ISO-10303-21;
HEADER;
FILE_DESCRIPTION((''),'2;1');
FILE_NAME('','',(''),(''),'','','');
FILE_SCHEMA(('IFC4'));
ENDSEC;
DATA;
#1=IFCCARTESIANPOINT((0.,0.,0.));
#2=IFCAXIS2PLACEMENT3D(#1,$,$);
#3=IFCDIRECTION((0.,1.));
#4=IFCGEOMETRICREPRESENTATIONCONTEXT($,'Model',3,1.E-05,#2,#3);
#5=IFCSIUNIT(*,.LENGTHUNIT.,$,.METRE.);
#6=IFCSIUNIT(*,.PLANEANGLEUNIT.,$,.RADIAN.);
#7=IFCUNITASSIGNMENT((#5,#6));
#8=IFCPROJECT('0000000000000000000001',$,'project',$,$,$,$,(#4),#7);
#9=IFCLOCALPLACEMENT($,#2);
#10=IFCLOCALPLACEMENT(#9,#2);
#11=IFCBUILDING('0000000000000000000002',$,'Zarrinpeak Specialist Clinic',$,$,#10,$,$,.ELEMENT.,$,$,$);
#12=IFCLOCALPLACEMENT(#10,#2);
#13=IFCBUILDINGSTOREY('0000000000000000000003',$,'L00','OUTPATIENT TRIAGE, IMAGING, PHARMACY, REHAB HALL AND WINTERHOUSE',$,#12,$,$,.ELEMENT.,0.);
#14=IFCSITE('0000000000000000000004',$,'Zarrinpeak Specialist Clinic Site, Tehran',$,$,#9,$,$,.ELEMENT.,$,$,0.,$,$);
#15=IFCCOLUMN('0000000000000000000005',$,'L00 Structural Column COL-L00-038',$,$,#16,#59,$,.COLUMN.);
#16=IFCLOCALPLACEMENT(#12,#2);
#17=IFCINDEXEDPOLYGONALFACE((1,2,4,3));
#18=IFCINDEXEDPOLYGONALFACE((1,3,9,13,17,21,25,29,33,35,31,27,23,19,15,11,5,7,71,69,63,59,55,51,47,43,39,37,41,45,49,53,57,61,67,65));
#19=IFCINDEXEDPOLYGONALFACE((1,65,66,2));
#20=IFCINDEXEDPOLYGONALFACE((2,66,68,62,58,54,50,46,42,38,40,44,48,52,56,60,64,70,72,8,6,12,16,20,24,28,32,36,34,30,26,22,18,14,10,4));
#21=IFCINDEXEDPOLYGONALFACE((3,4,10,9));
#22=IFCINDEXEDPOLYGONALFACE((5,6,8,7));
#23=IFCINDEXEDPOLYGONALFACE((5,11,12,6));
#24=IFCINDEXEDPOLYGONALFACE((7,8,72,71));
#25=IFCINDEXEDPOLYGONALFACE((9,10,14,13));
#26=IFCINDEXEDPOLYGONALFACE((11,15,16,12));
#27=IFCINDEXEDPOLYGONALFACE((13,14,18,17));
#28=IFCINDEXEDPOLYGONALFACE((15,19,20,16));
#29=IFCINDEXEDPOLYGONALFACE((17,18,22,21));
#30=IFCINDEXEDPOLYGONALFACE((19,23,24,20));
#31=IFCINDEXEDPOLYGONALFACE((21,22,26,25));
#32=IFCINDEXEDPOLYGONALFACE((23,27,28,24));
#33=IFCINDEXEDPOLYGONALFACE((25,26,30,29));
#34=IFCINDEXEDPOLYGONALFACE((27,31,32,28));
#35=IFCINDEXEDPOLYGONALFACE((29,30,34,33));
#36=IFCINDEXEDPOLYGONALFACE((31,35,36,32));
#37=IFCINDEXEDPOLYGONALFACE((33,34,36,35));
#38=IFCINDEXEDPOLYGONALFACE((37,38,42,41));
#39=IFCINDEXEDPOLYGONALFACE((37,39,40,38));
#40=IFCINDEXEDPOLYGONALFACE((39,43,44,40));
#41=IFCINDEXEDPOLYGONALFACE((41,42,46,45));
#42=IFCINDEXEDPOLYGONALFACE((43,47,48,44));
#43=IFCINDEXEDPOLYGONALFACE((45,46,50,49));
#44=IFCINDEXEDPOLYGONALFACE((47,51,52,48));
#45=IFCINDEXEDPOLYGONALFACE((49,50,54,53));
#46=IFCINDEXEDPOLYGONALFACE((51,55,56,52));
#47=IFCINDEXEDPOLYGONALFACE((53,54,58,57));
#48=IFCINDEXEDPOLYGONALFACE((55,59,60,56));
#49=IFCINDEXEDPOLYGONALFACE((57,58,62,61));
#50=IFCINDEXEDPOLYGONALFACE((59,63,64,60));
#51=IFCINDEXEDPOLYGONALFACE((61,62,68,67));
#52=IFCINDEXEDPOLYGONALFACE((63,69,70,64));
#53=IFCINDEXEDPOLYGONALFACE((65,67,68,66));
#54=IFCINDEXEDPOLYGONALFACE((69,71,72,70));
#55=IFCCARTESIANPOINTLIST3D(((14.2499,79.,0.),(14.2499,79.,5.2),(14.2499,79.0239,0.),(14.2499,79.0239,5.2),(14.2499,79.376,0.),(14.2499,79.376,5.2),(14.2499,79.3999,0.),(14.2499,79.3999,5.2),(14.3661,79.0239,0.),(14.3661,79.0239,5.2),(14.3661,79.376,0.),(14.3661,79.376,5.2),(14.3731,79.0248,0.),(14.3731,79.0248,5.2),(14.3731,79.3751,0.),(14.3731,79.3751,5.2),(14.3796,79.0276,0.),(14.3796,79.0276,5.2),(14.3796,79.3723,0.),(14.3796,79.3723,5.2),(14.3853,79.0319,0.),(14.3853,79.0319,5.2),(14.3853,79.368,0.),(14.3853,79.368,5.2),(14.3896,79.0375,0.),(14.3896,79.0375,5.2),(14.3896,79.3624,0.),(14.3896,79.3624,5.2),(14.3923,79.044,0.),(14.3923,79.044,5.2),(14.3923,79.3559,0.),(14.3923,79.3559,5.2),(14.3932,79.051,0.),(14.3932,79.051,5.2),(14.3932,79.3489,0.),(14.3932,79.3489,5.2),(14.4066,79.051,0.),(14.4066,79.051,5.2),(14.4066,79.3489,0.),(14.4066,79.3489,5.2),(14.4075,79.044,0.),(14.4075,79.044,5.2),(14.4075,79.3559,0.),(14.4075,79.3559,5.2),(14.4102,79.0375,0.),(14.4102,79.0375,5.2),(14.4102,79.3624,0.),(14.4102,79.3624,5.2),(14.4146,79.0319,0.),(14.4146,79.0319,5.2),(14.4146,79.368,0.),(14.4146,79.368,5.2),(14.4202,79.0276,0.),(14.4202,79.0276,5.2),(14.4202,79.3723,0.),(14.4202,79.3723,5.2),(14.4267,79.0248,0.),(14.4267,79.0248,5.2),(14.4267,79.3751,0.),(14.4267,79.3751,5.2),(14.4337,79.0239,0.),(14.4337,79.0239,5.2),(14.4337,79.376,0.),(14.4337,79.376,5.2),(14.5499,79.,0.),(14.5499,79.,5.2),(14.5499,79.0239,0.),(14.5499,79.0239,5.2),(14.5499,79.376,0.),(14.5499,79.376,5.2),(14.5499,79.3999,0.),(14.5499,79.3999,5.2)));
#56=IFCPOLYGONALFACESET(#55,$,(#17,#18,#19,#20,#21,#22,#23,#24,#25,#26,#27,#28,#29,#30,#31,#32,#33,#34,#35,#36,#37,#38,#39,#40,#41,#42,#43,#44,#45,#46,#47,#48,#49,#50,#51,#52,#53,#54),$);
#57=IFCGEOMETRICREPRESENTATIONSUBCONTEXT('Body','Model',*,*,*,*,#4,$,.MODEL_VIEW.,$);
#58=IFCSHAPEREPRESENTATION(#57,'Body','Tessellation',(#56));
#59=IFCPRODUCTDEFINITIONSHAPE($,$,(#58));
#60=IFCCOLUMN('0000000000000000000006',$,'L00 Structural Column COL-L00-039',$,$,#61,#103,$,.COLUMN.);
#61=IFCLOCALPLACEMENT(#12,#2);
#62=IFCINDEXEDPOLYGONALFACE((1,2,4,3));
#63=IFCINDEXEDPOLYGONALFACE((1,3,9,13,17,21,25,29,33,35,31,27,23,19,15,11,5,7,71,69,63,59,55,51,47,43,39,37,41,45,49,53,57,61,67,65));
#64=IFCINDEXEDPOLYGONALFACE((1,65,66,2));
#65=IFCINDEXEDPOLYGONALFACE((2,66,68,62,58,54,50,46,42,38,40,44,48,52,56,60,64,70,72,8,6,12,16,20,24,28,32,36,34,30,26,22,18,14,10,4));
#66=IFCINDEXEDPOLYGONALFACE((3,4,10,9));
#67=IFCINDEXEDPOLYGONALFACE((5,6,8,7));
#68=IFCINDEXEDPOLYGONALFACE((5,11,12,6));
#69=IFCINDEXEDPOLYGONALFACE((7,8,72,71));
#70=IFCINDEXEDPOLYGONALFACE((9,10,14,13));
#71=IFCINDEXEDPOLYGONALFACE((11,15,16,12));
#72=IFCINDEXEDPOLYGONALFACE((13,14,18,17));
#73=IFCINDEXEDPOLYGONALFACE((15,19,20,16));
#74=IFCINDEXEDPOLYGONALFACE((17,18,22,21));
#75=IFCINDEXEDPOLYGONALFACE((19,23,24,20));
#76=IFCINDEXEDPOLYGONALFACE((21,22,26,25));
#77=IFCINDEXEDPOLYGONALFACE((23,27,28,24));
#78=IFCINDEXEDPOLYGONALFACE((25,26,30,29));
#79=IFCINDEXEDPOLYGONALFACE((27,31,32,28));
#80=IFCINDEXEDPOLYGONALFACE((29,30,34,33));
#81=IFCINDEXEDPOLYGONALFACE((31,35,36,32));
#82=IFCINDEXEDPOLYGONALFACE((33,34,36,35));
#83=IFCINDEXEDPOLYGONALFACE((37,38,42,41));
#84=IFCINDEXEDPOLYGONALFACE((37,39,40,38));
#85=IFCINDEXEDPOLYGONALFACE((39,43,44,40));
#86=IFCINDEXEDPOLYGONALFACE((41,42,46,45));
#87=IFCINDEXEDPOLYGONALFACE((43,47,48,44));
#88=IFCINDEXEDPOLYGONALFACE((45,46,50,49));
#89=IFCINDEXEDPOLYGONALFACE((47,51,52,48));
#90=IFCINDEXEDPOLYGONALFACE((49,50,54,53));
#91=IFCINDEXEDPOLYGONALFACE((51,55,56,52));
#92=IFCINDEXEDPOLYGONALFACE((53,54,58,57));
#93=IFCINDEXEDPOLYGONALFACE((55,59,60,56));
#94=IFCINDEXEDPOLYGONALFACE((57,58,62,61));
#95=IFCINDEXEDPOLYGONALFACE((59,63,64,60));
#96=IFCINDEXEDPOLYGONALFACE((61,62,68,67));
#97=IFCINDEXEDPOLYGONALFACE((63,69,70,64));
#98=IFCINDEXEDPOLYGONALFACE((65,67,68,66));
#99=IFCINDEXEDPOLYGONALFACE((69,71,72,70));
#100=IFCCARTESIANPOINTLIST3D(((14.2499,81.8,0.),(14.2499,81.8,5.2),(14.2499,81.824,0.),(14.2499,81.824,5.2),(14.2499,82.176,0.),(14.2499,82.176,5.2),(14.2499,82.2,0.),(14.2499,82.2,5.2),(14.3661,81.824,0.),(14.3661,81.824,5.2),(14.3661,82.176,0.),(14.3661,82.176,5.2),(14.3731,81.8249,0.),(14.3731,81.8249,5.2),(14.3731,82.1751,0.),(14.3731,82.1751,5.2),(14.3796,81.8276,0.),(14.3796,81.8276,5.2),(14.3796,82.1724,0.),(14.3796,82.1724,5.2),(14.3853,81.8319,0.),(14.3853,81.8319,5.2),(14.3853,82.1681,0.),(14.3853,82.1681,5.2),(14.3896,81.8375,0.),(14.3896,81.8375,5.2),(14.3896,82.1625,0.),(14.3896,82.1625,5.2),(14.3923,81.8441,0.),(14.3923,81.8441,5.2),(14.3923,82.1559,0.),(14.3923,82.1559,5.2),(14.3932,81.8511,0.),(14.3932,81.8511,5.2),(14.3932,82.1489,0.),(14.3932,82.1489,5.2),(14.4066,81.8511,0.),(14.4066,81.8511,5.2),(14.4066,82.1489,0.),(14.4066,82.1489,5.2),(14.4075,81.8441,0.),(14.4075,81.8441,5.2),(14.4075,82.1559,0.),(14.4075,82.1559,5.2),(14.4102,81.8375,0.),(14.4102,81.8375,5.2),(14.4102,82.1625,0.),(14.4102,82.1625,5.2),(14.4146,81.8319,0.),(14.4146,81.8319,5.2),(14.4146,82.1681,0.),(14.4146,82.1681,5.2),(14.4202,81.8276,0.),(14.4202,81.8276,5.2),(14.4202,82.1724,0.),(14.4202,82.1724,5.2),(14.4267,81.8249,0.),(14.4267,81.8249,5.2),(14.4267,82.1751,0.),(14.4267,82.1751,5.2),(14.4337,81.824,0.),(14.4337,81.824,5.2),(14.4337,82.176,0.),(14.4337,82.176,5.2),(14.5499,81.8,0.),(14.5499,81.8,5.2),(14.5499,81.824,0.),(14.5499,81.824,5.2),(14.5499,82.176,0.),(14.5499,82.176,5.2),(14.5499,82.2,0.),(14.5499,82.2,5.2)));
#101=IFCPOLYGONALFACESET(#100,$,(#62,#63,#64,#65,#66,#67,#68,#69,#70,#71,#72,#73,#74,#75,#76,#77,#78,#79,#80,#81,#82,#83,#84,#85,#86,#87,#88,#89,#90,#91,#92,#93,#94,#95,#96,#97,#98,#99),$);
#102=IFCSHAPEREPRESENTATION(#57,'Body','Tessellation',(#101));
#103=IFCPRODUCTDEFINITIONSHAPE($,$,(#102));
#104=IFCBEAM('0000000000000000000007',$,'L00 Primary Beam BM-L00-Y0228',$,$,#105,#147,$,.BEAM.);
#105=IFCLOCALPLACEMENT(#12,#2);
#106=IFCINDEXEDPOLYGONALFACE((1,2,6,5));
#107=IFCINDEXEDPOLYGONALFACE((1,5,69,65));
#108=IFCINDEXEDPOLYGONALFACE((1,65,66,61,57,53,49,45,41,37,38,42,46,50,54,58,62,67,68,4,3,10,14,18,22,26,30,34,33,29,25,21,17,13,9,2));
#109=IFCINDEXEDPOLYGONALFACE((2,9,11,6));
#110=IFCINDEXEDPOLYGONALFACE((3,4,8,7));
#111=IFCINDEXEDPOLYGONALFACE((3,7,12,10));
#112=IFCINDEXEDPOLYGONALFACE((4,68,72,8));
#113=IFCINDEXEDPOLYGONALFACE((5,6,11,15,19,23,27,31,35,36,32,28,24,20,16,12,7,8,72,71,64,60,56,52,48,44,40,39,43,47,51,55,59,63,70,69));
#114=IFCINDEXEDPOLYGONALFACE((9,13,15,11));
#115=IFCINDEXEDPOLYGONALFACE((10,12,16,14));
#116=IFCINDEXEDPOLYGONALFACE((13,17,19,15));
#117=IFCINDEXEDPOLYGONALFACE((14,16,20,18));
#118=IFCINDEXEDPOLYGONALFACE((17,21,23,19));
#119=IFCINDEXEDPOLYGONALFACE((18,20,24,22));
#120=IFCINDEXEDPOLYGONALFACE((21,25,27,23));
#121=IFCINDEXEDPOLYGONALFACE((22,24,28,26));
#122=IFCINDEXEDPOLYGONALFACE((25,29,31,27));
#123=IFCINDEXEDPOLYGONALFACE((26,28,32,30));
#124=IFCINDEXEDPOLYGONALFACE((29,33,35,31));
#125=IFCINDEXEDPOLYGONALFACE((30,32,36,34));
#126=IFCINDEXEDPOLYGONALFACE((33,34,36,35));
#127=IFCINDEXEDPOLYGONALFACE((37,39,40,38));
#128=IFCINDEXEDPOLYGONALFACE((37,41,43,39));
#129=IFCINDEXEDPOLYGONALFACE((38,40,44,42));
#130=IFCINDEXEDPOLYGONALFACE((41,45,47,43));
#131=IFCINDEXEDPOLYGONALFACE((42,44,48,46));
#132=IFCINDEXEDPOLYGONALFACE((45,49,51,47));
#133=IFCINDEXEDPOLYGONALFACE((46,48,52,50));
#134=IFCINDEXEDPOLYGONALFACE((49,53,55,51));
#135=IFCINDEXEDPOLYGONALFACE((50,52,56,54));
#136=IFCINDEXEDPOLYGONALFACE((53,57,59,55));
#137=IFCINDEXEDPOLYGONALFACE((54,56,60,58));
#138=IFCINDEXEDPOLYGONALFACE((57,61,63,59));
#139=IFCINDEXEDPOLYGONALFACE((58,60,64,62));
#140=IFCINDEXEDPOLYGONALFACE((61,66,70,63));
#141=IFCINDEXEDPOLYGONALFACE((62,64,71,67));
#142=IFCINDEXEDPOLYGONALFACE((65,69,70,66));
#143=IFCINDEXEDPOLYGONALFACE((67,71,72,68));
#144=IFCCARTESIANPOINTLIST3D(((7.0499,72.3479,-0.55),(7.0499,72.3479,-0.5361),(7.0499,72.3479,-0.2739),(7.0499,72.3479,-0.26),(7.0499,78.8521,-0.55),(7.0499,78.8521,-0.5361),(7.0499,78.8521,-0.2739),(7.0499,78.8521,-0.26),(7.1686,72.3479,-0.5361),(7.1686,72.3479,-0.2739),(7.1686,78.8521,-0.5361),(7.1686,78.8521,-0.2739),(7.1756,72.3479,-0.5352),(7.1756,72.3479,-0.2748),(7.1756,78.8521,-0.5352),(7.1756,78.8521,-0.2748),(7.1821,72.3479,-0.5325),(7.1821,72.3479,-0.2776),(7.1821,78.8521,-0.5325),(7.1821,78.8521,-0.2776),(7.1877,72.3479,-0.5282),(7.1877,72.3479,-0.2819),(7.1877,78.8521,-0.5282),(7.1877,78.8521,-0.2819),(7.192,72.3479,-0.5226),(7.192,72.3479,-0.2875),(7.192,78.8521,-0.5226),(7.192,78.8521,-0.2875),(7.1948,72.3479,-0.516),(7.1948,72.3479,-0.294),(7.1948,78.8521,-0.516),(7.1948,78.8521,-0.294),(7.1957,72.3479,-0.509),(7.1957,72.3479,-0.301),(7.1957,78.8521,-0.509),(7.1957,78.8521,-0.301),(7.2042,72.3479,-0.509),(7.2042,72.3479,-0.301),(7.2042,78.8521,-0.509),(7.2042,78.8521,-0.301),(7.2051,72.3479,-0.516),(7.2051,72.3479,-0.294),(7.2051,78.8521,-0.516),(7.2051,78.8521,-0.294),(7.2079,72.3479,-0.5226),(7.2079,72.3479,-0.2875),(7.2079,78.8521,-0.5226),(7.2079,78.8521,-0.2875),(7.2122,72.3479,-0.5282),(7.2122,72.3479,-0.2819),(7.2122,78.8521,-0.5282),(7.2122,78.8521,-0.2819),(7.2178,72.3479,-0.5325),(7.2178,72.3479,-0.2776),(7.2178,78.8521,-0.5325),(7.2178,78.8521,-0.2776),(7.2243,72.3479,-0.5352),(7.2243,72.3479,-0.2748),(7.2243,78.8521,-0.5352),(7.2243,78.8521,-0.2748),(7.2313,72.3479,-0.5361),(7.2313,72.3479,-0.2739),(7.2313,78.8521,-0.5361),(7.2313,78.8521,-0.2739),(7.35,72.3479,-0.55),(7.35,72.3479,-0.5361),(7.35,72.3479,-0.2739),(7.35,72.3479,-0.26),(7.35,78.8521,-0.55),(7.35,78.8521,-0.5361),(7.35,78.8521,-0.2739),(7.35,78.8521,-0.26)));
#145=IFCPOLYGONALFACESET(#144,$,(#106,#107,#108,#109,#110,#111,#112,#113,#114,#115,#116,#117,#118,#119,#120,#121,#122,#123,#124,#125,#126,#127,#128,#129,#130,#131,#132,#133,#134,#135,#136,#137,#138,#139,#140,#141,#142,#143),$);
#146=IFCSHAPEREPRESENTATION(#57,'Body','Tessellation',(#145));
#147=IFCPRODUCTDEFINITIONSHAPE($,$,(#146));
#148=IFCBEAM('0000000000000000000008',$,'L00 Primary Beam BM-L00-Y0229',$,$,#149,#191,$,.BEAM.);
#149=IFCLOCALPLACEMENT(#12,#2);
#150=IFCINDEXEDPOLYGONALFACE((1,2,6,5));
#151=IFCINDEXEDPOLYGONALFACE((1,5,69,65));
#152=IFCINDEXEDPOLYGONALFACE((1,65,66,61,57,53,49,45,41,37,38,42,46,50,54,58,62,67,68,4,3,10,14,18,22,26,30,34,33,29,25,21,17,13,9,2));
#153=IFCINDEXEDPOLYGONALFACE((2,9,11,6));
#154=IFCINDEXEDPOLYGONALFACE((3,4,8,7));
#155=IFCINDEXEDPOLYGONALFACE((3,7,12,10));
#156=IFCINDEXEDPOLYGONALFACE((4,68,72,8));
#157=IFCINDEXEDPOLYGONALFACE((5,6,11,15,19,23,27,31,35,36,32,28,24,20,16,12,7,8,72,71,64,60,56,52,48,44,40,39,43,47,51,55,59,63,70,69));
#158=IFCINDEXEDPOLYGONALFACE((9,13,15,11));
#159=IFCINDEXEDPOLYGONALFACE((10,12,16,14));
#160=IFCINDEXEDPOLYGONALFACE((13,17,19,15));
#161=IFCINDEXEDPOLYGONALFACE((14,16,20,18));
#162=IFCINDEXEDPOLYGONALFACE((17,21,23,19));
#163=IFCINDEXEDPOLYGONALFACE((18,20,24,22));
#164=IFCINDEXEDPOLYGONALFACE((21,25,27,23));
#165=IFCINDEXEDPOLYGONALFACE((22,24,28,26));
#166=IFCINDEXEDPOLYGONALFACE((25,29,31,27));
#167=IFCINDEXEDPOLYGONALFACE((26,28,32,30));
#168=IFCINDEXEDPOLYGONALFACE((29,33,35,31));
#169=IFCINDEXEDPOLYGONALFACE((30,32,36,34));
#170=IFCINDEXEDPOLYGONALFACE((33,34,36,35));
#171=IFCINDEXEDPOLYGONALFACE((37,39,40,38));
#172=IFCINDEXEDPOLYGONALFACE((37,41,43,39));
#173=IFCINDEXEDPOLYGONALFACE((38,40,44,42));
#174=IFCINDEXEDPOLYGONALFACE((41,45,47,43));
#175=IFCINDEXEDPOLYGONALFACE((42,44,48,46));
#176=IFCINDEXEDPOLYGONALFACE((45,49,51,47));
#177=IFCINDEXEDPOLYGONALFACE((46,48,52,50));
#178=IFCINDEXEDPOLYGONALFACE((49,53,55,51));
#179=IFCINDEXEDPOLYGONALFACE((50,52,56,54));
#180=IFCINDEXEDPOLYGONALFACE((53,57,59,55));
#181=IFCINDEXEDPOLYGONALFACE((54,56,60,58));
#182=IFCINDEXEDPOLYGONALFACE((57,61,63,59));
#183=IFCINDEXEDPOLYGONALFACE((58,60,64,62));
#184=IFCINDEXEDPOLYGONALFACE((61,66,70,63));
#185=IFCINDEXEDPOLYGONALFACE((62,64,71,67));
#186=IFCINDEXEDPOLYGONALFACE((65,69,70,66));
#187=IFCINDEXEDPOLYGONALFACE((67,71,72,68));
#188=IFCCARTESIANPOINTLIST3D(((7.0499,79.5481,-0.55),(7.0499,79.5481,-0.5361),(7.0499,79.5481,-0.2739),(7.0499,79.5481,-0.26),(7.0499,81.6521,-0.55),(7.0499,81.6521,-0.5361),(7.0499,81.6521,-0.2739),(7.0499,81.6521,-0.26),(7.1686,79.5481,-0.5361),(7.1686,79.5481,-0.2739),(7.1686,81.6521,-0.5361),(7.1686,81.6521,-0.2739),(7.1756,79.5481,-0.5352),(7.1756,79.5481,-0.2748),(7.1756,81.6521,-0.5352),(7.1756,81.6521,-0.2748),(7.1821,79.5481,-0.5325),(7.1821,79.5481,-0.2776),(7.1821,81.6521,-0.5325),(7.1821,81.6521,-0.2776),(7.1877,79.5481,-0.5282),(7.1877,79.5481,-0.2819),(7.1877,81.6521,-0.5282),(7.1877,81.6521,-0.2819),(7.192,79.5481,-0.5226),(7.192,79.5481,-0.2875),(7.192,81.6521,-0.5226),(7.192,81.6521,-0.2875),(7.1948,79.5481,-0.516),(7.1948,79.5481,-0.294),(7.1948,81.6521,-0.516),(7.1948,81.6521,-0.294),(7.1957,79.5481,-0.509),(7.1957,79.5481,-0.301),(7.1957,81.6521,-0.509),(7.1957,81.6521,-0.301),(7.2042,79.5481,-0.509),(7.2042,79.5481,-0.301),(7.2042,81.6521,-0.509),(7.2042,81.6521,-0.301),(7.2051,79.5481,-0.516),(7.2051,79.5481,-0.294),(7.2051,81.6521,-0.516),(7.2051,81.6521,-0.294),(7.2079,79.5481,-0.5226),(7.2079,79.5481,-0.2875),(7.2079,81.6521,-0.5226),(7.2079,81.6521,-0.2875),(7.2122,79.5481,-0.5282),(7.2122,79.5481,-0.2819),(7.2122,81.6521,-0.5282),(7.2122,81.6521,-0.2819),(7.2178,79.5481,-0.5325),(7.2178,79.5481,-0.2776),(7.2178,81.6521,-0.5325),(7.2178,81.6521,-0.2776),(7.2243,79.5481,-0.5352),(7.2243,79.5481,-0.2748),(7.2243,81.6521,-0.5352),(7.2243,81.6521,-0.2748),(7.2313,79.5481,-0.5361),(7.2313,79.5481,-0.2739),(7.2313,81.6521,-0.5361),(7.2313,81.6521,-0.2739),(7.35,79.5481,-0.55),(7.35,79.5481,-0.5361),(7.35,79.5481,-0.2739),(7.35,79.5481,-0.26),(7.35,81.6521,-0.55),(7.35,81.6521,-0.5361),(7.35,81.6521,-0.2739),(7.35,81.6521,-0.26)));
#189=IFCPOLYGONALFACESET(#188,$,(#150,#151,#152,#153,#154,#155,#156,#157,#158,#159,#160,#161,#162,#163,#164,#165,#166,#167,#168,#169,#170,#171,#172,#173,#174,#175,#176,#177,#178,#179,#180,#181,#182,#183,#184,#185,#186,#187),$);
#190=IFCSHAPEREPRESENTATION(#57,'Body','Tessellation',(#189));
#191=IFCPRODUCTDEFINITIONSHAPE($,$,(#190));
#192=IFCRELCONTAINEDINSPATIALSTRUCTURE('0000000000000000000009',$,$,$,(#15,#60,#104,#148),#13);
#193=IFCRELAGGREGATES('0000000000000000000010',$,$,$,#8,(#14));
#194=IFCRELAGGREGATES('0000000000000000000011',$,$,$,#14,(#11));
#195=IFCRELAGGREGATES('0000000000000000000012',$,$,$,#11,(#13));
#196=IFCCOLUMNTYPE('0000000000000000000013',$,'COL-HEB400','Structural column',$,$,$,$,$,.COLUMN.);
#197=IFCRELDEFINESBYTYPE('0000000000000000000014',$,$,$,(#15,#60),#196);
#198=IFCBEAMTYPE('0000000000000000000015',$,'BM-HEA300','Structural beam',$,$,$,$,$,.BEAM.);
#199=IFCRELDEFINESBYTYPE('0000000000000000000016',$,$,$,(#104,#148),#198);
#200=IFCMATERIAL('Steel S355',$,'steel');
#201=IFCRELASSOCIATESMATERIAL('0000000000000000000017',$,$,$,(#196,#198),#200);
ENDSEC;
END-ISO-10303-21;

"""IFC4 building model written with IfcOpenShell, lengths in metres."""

from ifc_helpers import new_model, si_unit, direction, frame, origin, origin_2d, place, context, subcontext, project, spatial, i_section, extrude, material, material_profile, profile_set, type_object, element, save


model = new_model("IFC4")

# Units and contexts
model_context = context("Model", 3, precision=1e-05, world=origin(), true_north=direction((0.0, 1.0)))
body_context = subcontext(model_context, "Body", "Model", "MODEL_VIEW")
ifc_project = project(units=[si_unit("LENGTHUNIT", "METRE"), si_unit("PLANEANGLEUNIT", "RADIAN")], contexts=[model_context])

# Site, building, storey
site_placement = place(None, origin())
site = spatial("IfcSite", under=ifc_project, at=site_placement, Name="Zarrinpeak Specialist Clinic Site, Tehran", CompositionType="ELEMENT", RefElevation=0.0)
building_placement = place(site_placement, origin())
building = spatial("IfcBuilding", under=site, at=building_placement, Name="Zarrinpeak Specialist Clinic", CompositionType="ELEMENT")
storey_placement = place(building_placement, origin())
storey = spatial("IfcBuildingStorey", under=building, at=storey_placement, Name="L00", Description="OUTPATIENT TRIAGE, IMAGING, PHARMACY, REHAB HALL AND WINTERHOUSE", CompositionType="ELEMENT", Elevation=0.0)

# Columns
ifc_material_1 = material(Name="Steel S355", Category="steel")
ifc_material_profile_1 = material_profile(ifc_material_1, i_section(OverallWidth=0.3, OverallDepth=0.3999, WebThickness=0.0134, FlangeThickness=0.0239, FilletRadius=0.0271, at=origin_2d()), Name="HEB 400")
ifc_profile_set_1 = profile_set([ifc_material_profile_1], Name="Steel S355")
column_type = type_object("IfcColumnType", Name="COL-HEB400", Description="Structural column", PredefinedType="COLUMN", material=ifc_profile_set_1)
for number, where, z_axis, x_axis, name in (
    (1, (14.3999, 79.2, 0.0), (0.0, 0.0, 1.0), (1.0, 0.0, 0.0), "L00 Structural Column COL-L00-038"),
    (2, (14.3999, 82.0, 0.0), (0.0, 0.0, 1.0), (1.0, 0.0, 0.0), "L00 Structural Column COL-L00-039"),
):
    element("IfcColumn", number, at=place(storey_placement, frame(where, z_axis=z_axis, x_axis=x_axis)), inside=storey, type_object=column_type, Name=name, PredefinedType="COLUMN", context=body_context, shape_type="SweptSolid", body=[
        extrude(i_section(OverallWidth=0.3, OverallDepth=0.3999, WebThickness=0.0134, FlangeThickness=0.0239, FilletRadius=0.0271, at=origin_2d()), origin(), (0.0, 0.0, 1.0), 5.2),
    ])

# Beams
ifc_material_profile_2 = material_profile(ifc_material_1, i_section(OverallWidth=0.3, OverallDepth=0.29, WebThickness=0.0085, FlangeThickness=0.0139, FilletRadius=0.0271, at=origin_2d()), Name="HEA 300")
ifc_profile_set_2 = profile_set([ifc_material_profile_2], Name="Steel S355")
beam_type_1 = type_object("IfcBeamType", Name="BM-HEA300", Description="Structural beam", PredefinedType="BEAM", material=ifc_profile_set_2)
beam_1_placement = place(storey_placement, frame((7.2, 72.3479, -0.405), z_axis=(0.0, 1.0, 0.0), x_axis=(-1.0, 0.0, 0.0)))
element("IfcBeam", 3, at=beam_1_placement, inside=storey, type_object=beam_type_1, Name="L00 Primary Beam BM-L00-Y0228", PredefinedType="BEAM", context=body_context, shape_type="SweptSolid", body=[
    extrude(i_section(OverallWidth=0.3, OverallDepth=0.29, WebThickness=0.0085, FlangeThickness=0.0139, FilletRadius=0.0271, at=origin_2d()), origin(), (0.0, 0.0, 1.0), 6.5042),
])
beam_2_placement = place(storey_placement, frame((7.2, 79.5481, -0.405), z_axis=(0.0, 1.0, 0.0), x_axis=(-1.0, 0.0, 0.0)))
element("IfcBeam", 4, at=beam_2_placement, inside=storey, type_object=beam_type_1, Name="L00 Primary Beam BM-L00-Y0229", PredefinedType="BEAM", context=body_context, shape_type="SweptSolid", body=[
    extrude(i_section(OverallWidth=0.3, OverallDepth=0.29, WebThickness=0.0085, FlangeThickness=0.0139, FilletRadius=0.0271, at=origin_2d()), origin(), (0.0, 0.0, 1.0), 2.104),
])

save(model, "model.ifc")
